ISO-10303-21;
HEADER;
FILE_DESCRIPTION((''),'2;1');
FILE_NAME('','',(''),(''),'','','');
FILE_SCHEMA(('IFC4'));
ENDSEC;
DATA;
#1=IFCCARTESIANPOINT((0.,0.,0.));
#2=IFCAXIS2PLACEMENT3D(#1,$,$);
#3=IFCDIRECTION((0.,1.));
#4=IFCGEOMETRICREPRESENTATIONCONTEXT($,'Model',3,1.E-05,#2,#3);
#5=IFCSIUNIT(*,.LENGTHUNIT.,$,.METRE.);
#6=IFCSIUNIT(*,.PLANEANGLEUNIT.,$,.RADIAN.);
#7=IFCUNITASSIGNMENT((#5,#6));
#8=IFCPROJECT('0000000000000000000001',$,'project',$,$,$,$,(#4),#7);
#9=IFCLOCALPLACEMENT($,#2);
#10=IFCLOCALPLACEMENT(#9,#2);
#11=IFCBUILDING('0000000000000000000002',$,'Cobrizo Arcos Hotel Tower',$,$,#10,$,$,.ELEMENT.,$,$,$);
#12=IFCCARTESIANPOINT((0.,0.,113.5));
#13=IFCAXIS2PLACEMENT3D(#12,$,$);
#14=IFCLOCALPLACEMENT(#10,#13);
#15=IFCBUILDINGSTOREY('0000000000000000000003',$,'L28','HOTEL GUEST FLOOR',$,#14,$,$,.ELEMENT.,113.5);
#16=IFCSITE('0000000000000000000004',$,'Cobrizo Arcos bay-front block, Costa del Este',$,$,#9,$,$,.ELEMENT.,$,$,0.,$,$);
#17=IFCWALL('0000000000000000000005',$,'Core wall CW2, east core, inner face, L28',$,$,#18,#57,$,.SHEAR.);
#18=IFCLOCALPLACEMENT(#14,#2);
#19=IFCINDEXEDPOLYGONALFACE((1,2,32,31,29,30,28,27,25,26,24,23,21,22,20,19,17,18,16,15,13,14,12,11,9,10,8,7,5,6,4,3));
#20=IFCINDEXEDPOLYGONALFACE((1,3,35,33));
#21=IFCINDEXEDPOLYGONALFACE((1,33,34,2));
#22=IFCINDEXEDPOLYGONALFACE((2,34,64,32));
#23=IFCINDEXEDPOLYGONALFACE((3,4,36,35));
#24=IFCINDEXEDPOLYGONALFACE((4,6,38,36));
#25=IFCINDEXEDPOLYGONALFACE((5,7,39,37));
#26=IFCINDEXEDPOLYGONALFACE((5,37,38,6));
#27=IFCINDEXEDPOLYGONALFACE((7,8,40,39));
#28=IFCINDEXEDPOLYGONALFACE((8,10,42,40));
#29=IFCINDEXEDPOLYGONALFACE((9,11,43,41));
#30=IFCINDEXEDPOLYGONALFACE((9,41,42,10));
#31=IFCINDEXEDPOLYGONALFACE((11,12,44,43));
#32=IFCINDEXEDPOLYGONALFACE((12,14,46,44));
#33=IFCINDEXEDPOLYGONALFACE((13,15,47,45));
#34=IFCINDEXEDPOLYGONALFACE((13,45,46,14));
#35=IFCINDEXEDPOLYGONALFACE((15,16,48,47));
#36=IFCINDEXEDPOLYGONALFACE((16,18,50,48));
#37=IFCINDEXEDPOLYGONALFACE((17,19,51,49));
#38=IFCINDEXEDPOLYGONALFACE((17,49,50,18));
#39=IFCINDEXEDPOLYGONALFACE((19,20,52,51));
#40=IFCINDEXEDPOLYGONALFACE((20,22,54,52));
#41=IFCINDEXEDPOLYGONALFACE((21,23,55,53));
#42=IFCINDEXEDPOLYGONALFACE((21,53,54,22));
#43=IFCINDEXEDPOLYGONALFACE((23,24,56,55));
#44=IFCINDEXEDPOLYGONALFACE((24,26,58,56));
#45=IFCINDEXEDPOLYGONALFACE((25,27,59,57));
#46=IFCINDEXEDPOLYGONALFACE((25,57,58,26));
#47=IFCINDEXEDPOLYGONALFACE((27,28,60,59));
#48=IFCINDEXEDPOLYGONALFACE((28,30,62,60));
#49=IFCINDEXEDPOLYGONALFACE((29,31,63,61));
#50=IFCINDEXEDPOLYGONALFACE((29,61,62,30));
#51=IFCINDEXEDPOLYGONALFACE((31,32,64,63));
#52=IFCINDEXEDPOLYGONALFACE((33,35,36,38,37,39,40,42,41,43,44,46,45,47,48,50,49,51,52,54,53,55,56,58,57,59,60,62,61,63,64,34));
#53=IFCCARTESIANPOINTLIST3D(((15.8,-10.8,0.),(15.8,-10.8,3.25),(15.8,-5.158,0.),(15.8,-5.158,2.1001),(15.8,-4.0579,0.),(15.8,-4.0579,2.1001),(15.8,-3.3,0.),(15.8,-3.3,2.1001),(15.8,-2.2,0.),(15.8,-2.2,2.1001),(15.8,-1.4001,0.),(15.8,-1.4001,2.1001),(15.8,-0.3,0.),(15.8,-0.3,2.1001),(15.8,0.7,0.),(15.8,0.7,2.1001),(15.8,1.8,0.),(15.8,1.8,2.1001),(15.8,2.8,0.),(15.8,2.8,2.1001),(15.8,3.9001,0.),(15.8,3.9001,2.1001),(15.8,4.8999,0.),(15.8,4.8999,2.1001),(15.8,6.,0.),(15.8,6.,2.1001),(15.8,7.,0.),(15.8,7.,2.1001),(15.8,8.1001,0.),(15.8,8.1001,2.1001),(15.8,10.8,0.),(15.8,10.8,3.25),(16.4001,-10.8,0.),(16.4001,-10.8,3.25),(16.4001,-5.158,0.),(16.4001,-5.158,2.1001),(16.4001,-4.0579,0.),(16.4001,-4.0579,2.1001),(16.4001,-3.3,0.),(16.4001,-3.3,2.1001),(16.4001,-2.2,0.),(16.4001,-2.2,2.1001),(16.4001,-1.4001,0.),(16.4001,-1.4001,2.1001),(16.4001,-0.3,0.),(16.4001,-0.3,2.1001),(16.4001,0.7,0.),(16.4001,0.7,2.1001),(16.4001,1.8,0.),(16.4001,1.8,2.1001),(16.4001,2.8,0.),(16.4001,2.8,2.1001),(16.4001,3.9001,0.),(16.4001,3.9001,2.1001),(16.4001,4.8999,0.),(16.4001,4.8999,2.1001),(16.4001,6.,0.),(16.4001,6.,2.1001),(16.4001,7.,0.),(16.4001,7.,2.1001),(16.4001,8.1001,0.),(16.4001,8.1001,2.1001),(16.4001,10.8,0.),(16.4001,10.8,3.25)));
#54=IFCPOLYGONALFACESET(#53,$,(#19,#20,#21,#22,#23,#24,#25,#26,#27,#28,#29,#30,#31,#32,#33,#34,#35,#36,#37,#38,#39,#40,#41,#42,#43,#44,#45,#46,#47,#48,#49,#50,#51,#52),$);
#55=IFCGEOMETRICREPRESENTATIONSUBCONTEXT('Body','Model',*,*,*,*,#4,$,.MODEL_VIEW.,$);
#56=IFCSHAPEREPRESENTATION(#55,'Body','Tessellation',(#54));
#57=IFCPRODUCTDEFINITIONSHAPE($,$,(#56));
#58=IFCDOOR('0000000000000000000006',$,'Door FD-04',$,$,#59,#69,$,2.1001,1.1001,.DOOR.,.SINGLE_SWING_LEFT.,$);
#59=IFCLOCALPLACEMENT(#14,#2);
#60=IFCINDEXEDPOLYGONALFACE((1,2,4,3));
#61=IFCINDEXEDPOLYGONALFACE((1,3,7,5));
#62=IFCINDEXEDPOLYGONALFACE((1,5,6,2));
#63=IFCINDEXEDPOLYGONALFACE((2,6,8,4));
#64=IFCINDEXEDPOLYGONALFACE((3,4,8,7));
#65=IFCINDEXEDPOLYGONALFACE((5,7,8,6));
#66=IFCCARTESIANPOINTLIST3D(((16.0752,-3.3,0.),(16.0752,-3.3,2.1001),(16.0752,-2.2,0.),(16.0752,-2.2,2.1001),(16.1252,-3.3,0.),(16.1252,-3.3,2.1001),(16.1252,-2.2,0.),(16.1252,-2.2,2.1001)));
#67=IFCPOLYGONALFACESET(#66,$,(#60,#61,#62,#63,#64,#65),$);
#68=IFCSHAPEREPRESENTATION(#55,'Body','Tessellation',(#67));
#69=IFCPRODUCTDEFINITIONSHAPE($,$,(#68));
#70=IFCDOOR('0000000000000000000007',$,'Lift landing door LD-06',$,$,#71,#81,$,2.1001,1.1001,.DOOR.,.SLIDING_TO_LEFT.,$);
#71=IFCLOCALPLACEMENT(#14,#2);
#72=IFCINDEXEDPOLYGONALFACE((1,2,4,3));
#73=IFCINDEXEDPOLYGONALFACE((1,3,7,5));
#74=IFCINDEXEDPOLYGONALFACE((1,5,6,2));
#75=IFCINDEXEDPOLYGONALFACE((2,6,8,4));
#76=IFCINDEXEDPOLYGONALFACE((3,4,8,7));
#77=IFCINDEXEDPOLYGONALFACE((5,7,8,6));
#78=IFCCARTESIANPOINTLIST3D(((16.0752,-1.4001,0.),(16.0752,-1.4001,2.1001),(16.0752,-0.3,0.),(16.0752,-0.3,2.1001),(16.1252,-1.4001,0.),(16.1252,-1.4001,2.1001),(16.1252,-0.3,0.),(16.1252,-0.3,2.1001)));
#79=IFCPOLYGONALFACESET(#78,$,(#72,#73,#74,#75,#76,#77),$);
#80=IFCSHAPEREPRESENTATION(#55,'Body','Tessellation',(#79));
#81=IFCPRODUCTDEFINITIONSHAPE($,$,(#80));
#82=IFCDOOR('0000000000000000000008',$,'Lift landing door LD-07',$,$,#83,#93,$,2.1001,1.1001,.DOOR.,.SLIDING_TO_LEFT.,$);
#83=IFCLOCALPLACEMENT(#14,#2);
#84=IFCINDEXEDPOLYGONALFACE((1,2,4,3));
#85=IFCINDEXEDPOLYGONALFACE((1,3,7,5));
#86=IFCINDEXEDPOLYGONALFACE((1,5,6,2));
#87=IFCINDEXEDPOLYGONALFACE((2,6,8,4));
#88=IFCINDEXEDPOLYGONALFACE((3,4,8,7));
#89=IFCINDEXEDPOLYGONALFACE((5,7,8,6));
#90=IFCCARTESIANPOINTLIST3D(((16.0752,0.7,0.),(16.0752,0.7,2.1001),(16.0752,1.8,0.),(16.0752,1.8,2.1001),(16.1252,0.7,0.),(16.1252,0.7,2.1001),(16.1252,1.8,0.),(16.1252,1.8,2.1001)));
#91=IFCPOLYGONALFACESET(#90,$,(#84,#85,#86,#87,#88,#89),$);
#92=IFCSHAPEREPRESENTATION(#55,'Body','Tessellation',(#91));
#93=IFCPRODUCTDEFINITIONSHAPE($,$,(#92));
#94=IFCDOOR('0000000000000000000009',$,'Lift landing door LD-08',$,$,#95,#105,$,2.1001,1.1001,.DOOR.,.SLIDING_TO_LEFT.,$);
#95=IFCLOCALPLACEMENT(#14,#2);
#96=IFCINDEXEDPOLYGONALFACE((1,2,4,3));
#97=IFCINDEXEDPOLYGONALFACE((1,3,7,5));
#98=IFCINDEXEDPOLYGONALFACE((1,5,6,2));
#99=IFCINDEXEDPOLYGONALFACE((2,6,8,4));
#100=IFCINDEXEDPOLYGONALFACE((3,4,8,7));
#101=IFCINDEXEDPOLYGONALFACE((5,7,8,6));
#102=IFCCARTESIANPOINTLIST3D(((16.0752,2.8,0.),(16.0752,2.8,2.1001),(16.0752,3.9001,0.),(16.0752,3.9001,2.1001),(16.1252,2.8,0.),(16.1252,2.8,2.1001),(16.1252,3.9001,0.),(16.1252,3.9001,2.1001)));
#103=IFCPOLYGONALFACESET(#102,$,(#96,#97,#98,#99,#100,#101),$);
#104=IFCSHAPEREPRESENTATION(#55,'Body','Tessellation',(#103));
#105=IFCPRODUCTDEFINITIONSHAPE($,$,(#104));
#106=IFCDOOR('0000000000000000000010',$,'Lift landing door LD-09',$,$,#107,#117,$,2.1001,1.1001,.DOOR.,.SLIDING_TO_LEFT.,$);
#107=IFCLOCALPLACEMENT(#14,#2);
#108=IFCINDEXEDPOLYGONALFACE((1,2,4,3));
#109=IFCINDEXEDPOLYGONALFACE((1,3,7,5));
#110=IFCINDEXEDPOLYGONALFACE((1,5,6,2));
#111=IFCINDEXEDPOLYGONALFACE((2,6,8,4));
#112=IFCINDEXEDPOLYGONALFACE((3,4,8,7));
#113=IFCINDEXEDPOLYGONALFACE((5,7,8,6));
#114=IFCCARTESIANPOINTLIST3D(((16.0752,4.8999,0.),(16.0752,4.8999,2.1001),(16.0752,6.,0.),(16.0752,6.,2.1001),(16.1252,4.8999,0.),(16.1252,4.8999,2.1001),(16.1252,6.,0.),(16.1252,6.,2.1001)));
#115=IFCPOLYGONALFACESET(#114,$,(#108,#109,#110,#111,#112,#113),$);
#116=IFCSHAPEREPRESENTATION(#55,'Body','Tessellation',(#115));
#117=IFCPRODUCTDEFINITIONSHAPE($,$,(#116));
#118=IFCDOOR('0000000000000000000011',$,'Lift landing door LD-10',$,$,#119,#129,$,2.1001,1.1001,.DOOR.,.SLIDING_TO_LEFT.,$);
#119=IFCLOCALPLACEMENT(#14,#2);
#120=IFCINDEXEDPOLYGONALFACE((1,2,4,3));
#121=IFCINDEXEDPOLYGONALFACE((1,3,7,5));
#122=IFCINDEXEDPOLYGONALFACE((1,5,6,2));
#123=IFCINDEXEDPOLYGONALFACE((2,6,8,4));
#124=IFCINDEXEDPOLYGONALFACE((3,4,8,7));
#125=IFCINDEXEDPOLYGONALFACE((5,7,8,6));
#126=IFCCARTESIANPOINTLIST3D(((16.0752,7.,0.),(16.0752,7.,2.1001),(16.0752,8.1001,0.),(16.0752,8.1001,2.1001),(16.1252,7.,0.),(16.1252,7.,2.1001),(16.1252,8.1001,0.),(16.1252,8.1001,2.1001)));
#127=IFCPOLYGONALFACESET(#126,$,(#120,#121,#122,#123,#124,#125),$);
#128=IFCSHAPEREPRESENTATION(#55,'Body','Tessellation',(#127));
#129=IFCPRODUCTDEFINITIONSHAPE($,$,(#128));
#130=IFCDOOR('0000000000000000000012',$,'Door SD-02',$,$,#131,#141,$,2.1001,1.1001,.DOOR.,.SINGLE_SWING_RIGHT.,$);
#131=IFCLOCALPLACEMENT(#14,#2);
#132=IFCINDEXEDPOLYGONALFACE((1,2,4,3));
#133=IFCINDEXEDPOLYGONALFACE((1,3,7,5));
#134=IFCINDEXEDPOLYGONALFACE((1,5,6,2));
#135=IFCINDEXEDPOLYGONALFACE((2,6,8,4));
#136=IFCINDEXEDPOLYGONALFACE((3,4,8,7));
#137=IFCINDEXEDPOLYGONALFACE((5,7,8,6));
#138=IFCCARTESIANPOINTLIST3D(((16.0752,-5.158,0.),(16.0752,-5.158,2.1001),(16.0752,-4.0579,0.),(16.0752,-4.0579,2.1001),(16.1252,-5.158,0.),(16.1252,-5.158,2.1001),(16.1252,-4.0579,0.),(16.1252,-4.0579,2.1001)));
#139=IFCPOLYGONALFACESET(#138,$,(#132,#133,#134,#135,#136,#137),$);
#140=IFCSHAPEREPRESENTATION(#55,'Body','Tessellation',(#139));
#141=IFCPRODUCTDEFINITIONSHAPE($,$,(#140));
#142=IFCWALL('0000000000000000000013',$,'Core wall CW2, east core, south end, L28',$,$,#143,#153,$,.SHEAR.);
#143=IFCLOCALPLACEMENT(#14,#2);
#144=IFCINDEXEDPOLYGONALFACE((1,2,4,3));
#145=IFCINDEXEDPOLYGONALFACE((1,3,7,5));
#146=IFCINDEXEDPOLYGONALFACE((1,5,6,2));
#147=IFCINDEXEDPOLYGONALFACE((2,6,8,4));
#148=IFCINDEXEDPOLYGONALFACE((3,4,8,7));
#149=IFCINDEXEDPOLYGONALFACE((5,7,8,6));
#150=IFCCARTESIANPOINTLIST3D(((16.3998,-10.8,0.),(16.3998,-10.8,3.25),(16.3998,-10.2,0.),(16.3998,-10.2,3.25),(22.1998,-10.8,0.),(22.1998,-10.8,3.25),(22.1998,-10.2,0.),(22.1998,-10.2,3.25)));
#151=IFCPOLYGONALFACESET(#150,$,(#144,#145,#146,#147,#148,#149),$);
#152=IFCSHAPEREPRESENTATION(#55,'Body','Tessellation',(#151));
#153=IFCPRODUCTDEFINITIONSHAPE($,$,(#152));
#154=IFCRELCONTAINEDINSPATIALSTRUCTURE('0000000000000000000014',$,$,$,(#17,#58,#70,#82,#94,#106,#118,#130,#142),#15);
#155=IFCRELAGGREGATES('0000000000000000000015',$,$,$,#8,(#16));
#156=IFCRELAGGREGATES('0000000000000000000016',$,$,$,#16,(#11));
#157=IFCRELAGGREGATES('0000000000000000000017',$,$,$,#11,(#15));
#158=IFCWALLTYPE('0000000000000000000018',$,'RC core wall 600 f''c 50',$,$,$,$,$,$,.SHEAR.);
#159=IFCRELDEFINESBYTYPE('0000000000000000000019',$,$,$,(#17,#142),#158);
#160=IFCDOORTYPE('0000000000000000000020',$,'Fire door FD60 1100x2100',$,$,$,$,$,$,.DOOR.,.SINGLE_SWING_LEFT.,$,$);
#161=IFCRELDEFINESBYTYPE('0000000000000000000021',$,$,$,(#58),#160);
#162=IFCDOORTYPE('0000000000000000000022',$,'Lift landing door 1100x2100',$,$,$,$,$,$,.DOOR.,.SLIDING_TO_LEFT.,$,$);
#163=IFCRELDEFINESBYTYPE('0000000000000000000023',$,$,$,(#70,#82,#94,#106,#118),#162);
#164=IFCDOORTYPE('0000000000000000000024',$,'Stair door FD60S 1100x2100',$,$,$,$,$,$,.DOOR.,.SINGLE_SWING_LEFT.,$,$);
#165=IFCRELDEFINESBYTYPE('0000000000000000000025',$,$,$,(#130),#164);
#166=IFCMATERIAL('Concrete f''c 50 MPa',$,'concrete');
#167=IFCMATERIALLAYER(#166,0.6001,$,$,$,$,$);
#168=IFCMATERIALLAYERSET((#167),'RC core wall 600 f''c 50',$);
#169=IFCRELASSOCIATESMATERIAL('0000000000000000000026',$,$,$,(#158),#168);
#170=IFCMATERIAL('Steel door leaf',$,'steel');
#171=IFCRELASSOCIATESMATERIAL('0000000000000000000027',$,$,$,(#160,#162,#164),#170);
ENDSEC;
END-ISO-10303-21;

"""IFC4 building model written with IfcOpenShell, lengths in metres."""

from ifc_helpers import new_model, si_unit, direction, frame, frame_2d, origin, place, context, subcontext, project, spatial, rectangle, extrude, material, layer, layer_set, type_object, element, fill, save


model = new_model("IFC4")

# Units and contexts
model_context = context("Model", 3, precision=1e-05, world=origin(), true_north=direction((0.0, 1.0)))
body_context = subcontext(model_context, "Body", "Model", "MODEL_VIEW")
ifc_project = project(units=[si_unit("LENGTHUNIT", "METRE"), si_unit("PLANEANGLEUNIT", "RADIAN")], contexts=[model_context])

# Site, building, storey
site_placement = place(None, origin())
site = spatial("IfcSite", under=ifc_project, at=site_placement, Name="Cobrizo Arcos bay-front block, Costa del Este", CompositionType="ELEMENT", RefElevation=0.0)
building_placement = place(site_placement, origin())
building = spatial("IfcBuilding", under=site, at=building_placement, Name="Cobrizo Arcos Hotel Tower", CompositionType="ELEMENT")
storey_placement = place(building_placement, frame((0.0, 0.0, 113.5)))
storey = spatial("IfcBuildingStorey", under=building, at=storey_placement, Name="L28", Description="HOTEL GUEST FLOOR", CompositionType="ELEMENT", Elevation=113.5)

# Wall, openings, doors
ifc_material_1 = material(Name="Concrete f'c 50 MPa", Category="concrete")
ifc_layer_1 = layer(ifc_material_1, 0.6001)
ifc_layer_set_1 = layer_set([ifc_layer_1], Name="RC core wall 600 f'c 50")
wall_type_1 = type_object("IfcWallType", Name="RC core wall 600 f'c 50", PredefinedType="SHEAR", material=ifc_layer_set_1)
wall_1_placement = place(storey_placement, frame((16.1001, -10.8, 0.0), z_axis=(0.0, 0.0, 1.0), x_axis=(0.0, 1.0, 0.0)))
wall_1 = element("IfcWall", 1, at=wall_1_placement, inside=storey, type_object=wall_type_1, Name="Core wall CW2, east core, inner face, L28", PredefinedType="SHEAR", context=body_context, shape_type="SweptSolid", body=[
    extrude(rectangle(XDim=21.6001, YDim=0.6001, at=frame_2d((10.8, 0.0))), origin(), (0.0, 0.0, 1.0), 3.25),
])
opening_1_placement = place(wall_1_placement, frame((9.3999, 0.0, 0.0)))
opening_1 = element("IfcOpeningElement", 2, at=opening_1_placement, cuts=wall_1, PredefinedType="OPENING", context=body_context, shape_type="SweptSolid", body=[
    extrude(rectangle(XDim=1.1001, YDim=2.1001, at=frame_2d((0.55, 1.05))), frame((0.0, 0.312, 0.0), z_axis=(0.0, -1.0, 0.0), x_axis=(1.0, 0.0, 0.0)), (0.0, 0.0, 1.0), 0.624),
])
opening_2_placement = place(wall_1_placement, frame((11.5, 0.0, 0.0)))
opening_2 = element("IfcOpeningElement", 3, at=opening_2_placement, cuts=wall_1, PredefinedType="OPENING", context=body_context, shape_type="SweptSolid", body=[
    extrude(rectangle(XDim=1.1001, YDim=2.1001, at=frame_2d((0.55, 1.05))), frame((0.0, 0.312, 0.0), z_axis=(0.0, -1.0, 0.0), x_axis=(1.0, 0.0, 0.0)), (0.0, 0.0, 1.0), 0.624),
])
opening_3_placement = place(wall_1_placement, frame((13.6001, 0.0, 0.0)))
opening_3 = element("IfcOpeningElement", 4, at=opening_3_placement, cuts=wall_1, PredefinedType="OPENING", context=body_context, shape_type="SweptSolid", body=[
    extrude(rectangle(XDim=1.1001, YDim=2.1001, at=frame_2d((0.55, 1.05))), frame((0.0, 0.312, 0.0), z_axis=(0.0, -1.0, 0.0), x_axis=(1.0, 0.0, 0.0)), (0.0, 0.0, 1.0), 0.624),
])
opening_4_placement = place(wall_1_placement, frame((15.7, 0.0, 0.0)))
opening_4 = element("IfcOpeningElement", 5, at=opening_4_placement, cuts=wall_1, PredefinedType="OPENING", context=body_context, shape_type="SweptSolid", body=[
    extrude(rectangle(XDim=1.1001, YDim=2.1001, at=frame_2d((0.55, 1.05))), frame((0.0, 0.312, 0.0), z_axis=(0.0, -1.0, 0.0), x_axis=(1.0, 0.0, 0.0)), (0.0, 0.0, 1.0), 0.624),
])
opening_5_placement = place(wall_1_placement, frame((17.8, 0.0, 0.0)))
opening_5 = element("IfcOpeningElement", 6, at=opening_5_placement, cuts=wall_1, PredefinedType="OPENING", context=body_context, shape_type="SweptSolid", body=[
    extrude(rectangle(XDim=1.1001, YDim=2.1001, at=frame_2d((0.55, 1.05))), frame((0.0, 0.312, 0.0), z_axis=(0.0, -1.0, 0.0), x_axis=(1.0, 0.0, 0.0)), (0.0, 0.0, 1.0), 0.624),
])
opening_6_placement = place(wall_1_placement, frame((5.6421, 0.0, 0.0)))
opening_6 = element("IfcOpeningElement", 7, at=opening_6_placement, cuts=wall_1, PredefinedType="OPENING", context=body_context, shape_type="SweptSolid", body=[
    extrude(rectangle(XDim=1.1001, YDim=2.1001, at=frame_2d((0.55, 1.05))), frame((0.0, 0.312, 0.0), z_axis=(0.0, -1.0, 0.0), x_axis=(1.0, 0.0, 0.0)), (0.0, 0.0, 1.0), 0.624),
])
opening_7_placement = place(wall_1_placement, frame((7.5, 0.0, 0.0)))
opening_7 = element("IfcOpeningElement", 8, at=opening_7_placement, cuts=wall_1, PredefinedType="OPENING", context=body_context, shape_type="SweptSolid", body=[
    extrude(rectangle(XDim=1.1001, YDim=2.1001, at=frame_2d((0.55, 1.05))), frame((0.0, 0.312, 0.0), z_axis=(0.0, -1.0, 0.0), x_axis=(1.0, 0.0, 0.0)), (0.0, 0.0, 1.0), 0.624),
])
ifc_material_2 = material(Name="Steel door leaf", Category="steel")
door_type_1 = type_object("IfcDoorType", Name="Fire door FD60 1100x2100", OperationType="SINGLE_SWING_LEFT", PredefinedType="DOOR", material=ifc_material_2)
door_1_placement = place(opening_7_placement, origin())
door_1 = element("IfcDoor", 9, at=door_1_placement, inside=storey, type_object=door_type_1, Name="Door FD-04", OperationType="SINGLE_SWING_LEFT", OverallHeight=2.1001, OverallWidth=1.1001, PredefinedType="DOOR", context=body_context, shape_type="SweptSolid", body=[
    extrude(rectangle(XDim=1.1001, YDim=2.1001, at=frame_2d((0.55, 1.05))), frame((0.0, 0.0249, 0.0), z_axis=(0.0, -1.0, 0.0), x_axis=(1.0, 0.0, 0.0)), (0.0, 0.0, 1.0), 0.05),
])
fill(opening_7, door_1)
door_type_2 = type_object("IfcDoorType", Name="Lift landing door 1100x2100", OperationType="SLIDING_TO_LEFT", PredefinedType="DOOR", material=ifc_material_2)
door_2_placement = place(opening_1_placement, origin())
door_2 = element("IfcDoor", 10, at=door_2_placement, inside=storey, type_object=door_type_2, Name="Lift landing door LD-06", OperationType="SLIDING_TO_LEFT", OverallHeight=2.1001, OverallWidth=1.1001, PredefinedType="DOOR", context=body_context, shape_type="SweptSolid", body=[
    extrude(rectangle(XDim=1.1001, YDim=2.1001, at=frame_2d((0.55, 1.05))), frame((0.0, 0.0249, 0.0), z_axis=(0.0, -1.0, 0.0), x_axis=(1.0, 0.0, 0.0)), (0.0, 0.0, 1.0), 0.05),
])
fill(opening_1, door_2)
door_3_placement = place(opening_2_placement, origin())
door_3 = element("IfcDoor", 11, at=door_3_placement, inside=storey, type_object=door_type_2, Name="Lift landing door LD-07", OperationType="SLIDING_TO_LEFT", OverallHeight=2.1001, OverallWidth=1.1001, PredefinedType="DOOR", context=body_context, shape_type="SweptSolid", body=[
    extrude(rectangle(XDim=1.1001, YDim=2.1001, at=frame_2d((0.55, 1.05))), frame((0.0, 0.0249, 0.0), z_axis=(0.0, -1.0, 0.0), x_axis=(1.0, 0.0, 0.0)), (0.0, 0.0, 1.0), 0.05),
])
fill(opening_2, door_3)
door_4_placement = place(opening_3_placement, origin())
door_4 = element("IfcDoor", 12, at=door_4_placement, inside=storey, type_object=door_type_2, Name="Lift landing door LD-08", OperationType="SLIDING_TO_LEFT", OverallHeight=2.1001, OverallWidth=1.1001, PredefinedType="DOOR", context=body_context, shape_type="SweptSolid", body=[
    extrude(rectangle(XDim=1.1001, YDim=2.1001, at=frame_2d((0.55, 1.05))), frame((0.0, 0.0249, 0.0), z_axis=(0.0, -1.0, 0.0), x_axis=(1.0, 0.0, 0.0)), (0.0, 0.0, 1.0), 0.05),
])
fill(opening_3, door_4)
door_5_placement = place(opening_4_placement, origin())
door_5 = element("IfcDoor", 13, at=door_5_placement, inside=storey, type_object=door_type_2, Name="Lift landing door LD-09", OperationType="SLIDING_TO_LEFT", OverallHeight=2.1001, OverallWidth=1.1001, PredefinedType="DOOR", context=body_context, shape_type="SweptSolid", body=[
    extrude(rectangle(XDim=1.1001, YDim=2.1001, at=frame_2d((0.55, 1.05))), frame((0.0, 0.0249, 0.0), z_axis=(0.0, -1.0, 0.0), x_axis=(1.0, 0.0, 0.0)), (0.0, 0.0, 1.0), 0.05),
])
fill(opening_4, door_5)
door_6_placement = place(opening_5_placement, origin())
door_6 = element("IfcDoor", 14, at=door_6_placement, inside=storey, type_object=door_type_2, Name="Lift landing door LD-10", OperationType="SLIDING_TO_LEFT", OverallHeight=2.1001, OverallWidth=1.1001, PredefinedType="DOOR", context=body_context, shape_type="SweptSolid", body=[
    extrude(rectangle(XDim=1.1001, YDim=2.1001, at=frame_2d((0.55, 1.05))), frame((0.0, 0.0249, 0.0), z_axis=(0.0, -1.0, 0.0), x_axis=(1.0, 0.0, 0.0)), (0.0, 0.0, 1.0), 0.05),
])
fill(opening_5, door_6)
door_type_3 = type_object("IfcDoorType", Name="Stair door FD60S 1100x2100", OperationType="SINGLE_SWING_LEFT", PredefinedType="DOOR", material=ifc_material_2)
door_7_placement = place(opening_6_placement, origin())
door_7 = element("IfcDoor", 15, at=door_7_placement, inside=storey, type_object=door_type_3, Name="Door SD-02", OperationType="SINGLE_SWING_RIGHT", OverallHeight=2.1001, OverallWidth=1.1001, PredefinedType="DOOR", context=body_context, shape_type="SweptSolid", body=[
    extrude(rectangle(XDim=1.1001, YDim=2.1001, at=frame_2d((0.55, 1.05))), frame((0.0, 0.0249, 0.0), z_axis=(0.0, -1.0, 0.0), x_axis=(1.0, 0.0, 0.0)), (0.0, 0.0, 1.0), 0.05),
])
fill(opening_6, door_7)

# Wall
wall_2_placement = place(storey_placement, frame((16.3999, -10.5, 0.0), z_axis=(0.0, 0.0, 1.0), x_axis=(1.0, 0.0, 0.0)))
element("IfcWall", 16, at=wall_2_placement, inside=storey, type_object=wall_type_1, Name="Core wall CW2, east core, south end, L28", PredefinedType="SHEAR", context=body_context, shape_type="SweptSolid", body=[
    extrude(rectangle(XDim=5.8, YDim=0.6001, at=frame_2d((2.8999, 0.0))), origin(), (0.0, 0.0, 1.0), 3.25),
])

save(model, "model.ifc")
